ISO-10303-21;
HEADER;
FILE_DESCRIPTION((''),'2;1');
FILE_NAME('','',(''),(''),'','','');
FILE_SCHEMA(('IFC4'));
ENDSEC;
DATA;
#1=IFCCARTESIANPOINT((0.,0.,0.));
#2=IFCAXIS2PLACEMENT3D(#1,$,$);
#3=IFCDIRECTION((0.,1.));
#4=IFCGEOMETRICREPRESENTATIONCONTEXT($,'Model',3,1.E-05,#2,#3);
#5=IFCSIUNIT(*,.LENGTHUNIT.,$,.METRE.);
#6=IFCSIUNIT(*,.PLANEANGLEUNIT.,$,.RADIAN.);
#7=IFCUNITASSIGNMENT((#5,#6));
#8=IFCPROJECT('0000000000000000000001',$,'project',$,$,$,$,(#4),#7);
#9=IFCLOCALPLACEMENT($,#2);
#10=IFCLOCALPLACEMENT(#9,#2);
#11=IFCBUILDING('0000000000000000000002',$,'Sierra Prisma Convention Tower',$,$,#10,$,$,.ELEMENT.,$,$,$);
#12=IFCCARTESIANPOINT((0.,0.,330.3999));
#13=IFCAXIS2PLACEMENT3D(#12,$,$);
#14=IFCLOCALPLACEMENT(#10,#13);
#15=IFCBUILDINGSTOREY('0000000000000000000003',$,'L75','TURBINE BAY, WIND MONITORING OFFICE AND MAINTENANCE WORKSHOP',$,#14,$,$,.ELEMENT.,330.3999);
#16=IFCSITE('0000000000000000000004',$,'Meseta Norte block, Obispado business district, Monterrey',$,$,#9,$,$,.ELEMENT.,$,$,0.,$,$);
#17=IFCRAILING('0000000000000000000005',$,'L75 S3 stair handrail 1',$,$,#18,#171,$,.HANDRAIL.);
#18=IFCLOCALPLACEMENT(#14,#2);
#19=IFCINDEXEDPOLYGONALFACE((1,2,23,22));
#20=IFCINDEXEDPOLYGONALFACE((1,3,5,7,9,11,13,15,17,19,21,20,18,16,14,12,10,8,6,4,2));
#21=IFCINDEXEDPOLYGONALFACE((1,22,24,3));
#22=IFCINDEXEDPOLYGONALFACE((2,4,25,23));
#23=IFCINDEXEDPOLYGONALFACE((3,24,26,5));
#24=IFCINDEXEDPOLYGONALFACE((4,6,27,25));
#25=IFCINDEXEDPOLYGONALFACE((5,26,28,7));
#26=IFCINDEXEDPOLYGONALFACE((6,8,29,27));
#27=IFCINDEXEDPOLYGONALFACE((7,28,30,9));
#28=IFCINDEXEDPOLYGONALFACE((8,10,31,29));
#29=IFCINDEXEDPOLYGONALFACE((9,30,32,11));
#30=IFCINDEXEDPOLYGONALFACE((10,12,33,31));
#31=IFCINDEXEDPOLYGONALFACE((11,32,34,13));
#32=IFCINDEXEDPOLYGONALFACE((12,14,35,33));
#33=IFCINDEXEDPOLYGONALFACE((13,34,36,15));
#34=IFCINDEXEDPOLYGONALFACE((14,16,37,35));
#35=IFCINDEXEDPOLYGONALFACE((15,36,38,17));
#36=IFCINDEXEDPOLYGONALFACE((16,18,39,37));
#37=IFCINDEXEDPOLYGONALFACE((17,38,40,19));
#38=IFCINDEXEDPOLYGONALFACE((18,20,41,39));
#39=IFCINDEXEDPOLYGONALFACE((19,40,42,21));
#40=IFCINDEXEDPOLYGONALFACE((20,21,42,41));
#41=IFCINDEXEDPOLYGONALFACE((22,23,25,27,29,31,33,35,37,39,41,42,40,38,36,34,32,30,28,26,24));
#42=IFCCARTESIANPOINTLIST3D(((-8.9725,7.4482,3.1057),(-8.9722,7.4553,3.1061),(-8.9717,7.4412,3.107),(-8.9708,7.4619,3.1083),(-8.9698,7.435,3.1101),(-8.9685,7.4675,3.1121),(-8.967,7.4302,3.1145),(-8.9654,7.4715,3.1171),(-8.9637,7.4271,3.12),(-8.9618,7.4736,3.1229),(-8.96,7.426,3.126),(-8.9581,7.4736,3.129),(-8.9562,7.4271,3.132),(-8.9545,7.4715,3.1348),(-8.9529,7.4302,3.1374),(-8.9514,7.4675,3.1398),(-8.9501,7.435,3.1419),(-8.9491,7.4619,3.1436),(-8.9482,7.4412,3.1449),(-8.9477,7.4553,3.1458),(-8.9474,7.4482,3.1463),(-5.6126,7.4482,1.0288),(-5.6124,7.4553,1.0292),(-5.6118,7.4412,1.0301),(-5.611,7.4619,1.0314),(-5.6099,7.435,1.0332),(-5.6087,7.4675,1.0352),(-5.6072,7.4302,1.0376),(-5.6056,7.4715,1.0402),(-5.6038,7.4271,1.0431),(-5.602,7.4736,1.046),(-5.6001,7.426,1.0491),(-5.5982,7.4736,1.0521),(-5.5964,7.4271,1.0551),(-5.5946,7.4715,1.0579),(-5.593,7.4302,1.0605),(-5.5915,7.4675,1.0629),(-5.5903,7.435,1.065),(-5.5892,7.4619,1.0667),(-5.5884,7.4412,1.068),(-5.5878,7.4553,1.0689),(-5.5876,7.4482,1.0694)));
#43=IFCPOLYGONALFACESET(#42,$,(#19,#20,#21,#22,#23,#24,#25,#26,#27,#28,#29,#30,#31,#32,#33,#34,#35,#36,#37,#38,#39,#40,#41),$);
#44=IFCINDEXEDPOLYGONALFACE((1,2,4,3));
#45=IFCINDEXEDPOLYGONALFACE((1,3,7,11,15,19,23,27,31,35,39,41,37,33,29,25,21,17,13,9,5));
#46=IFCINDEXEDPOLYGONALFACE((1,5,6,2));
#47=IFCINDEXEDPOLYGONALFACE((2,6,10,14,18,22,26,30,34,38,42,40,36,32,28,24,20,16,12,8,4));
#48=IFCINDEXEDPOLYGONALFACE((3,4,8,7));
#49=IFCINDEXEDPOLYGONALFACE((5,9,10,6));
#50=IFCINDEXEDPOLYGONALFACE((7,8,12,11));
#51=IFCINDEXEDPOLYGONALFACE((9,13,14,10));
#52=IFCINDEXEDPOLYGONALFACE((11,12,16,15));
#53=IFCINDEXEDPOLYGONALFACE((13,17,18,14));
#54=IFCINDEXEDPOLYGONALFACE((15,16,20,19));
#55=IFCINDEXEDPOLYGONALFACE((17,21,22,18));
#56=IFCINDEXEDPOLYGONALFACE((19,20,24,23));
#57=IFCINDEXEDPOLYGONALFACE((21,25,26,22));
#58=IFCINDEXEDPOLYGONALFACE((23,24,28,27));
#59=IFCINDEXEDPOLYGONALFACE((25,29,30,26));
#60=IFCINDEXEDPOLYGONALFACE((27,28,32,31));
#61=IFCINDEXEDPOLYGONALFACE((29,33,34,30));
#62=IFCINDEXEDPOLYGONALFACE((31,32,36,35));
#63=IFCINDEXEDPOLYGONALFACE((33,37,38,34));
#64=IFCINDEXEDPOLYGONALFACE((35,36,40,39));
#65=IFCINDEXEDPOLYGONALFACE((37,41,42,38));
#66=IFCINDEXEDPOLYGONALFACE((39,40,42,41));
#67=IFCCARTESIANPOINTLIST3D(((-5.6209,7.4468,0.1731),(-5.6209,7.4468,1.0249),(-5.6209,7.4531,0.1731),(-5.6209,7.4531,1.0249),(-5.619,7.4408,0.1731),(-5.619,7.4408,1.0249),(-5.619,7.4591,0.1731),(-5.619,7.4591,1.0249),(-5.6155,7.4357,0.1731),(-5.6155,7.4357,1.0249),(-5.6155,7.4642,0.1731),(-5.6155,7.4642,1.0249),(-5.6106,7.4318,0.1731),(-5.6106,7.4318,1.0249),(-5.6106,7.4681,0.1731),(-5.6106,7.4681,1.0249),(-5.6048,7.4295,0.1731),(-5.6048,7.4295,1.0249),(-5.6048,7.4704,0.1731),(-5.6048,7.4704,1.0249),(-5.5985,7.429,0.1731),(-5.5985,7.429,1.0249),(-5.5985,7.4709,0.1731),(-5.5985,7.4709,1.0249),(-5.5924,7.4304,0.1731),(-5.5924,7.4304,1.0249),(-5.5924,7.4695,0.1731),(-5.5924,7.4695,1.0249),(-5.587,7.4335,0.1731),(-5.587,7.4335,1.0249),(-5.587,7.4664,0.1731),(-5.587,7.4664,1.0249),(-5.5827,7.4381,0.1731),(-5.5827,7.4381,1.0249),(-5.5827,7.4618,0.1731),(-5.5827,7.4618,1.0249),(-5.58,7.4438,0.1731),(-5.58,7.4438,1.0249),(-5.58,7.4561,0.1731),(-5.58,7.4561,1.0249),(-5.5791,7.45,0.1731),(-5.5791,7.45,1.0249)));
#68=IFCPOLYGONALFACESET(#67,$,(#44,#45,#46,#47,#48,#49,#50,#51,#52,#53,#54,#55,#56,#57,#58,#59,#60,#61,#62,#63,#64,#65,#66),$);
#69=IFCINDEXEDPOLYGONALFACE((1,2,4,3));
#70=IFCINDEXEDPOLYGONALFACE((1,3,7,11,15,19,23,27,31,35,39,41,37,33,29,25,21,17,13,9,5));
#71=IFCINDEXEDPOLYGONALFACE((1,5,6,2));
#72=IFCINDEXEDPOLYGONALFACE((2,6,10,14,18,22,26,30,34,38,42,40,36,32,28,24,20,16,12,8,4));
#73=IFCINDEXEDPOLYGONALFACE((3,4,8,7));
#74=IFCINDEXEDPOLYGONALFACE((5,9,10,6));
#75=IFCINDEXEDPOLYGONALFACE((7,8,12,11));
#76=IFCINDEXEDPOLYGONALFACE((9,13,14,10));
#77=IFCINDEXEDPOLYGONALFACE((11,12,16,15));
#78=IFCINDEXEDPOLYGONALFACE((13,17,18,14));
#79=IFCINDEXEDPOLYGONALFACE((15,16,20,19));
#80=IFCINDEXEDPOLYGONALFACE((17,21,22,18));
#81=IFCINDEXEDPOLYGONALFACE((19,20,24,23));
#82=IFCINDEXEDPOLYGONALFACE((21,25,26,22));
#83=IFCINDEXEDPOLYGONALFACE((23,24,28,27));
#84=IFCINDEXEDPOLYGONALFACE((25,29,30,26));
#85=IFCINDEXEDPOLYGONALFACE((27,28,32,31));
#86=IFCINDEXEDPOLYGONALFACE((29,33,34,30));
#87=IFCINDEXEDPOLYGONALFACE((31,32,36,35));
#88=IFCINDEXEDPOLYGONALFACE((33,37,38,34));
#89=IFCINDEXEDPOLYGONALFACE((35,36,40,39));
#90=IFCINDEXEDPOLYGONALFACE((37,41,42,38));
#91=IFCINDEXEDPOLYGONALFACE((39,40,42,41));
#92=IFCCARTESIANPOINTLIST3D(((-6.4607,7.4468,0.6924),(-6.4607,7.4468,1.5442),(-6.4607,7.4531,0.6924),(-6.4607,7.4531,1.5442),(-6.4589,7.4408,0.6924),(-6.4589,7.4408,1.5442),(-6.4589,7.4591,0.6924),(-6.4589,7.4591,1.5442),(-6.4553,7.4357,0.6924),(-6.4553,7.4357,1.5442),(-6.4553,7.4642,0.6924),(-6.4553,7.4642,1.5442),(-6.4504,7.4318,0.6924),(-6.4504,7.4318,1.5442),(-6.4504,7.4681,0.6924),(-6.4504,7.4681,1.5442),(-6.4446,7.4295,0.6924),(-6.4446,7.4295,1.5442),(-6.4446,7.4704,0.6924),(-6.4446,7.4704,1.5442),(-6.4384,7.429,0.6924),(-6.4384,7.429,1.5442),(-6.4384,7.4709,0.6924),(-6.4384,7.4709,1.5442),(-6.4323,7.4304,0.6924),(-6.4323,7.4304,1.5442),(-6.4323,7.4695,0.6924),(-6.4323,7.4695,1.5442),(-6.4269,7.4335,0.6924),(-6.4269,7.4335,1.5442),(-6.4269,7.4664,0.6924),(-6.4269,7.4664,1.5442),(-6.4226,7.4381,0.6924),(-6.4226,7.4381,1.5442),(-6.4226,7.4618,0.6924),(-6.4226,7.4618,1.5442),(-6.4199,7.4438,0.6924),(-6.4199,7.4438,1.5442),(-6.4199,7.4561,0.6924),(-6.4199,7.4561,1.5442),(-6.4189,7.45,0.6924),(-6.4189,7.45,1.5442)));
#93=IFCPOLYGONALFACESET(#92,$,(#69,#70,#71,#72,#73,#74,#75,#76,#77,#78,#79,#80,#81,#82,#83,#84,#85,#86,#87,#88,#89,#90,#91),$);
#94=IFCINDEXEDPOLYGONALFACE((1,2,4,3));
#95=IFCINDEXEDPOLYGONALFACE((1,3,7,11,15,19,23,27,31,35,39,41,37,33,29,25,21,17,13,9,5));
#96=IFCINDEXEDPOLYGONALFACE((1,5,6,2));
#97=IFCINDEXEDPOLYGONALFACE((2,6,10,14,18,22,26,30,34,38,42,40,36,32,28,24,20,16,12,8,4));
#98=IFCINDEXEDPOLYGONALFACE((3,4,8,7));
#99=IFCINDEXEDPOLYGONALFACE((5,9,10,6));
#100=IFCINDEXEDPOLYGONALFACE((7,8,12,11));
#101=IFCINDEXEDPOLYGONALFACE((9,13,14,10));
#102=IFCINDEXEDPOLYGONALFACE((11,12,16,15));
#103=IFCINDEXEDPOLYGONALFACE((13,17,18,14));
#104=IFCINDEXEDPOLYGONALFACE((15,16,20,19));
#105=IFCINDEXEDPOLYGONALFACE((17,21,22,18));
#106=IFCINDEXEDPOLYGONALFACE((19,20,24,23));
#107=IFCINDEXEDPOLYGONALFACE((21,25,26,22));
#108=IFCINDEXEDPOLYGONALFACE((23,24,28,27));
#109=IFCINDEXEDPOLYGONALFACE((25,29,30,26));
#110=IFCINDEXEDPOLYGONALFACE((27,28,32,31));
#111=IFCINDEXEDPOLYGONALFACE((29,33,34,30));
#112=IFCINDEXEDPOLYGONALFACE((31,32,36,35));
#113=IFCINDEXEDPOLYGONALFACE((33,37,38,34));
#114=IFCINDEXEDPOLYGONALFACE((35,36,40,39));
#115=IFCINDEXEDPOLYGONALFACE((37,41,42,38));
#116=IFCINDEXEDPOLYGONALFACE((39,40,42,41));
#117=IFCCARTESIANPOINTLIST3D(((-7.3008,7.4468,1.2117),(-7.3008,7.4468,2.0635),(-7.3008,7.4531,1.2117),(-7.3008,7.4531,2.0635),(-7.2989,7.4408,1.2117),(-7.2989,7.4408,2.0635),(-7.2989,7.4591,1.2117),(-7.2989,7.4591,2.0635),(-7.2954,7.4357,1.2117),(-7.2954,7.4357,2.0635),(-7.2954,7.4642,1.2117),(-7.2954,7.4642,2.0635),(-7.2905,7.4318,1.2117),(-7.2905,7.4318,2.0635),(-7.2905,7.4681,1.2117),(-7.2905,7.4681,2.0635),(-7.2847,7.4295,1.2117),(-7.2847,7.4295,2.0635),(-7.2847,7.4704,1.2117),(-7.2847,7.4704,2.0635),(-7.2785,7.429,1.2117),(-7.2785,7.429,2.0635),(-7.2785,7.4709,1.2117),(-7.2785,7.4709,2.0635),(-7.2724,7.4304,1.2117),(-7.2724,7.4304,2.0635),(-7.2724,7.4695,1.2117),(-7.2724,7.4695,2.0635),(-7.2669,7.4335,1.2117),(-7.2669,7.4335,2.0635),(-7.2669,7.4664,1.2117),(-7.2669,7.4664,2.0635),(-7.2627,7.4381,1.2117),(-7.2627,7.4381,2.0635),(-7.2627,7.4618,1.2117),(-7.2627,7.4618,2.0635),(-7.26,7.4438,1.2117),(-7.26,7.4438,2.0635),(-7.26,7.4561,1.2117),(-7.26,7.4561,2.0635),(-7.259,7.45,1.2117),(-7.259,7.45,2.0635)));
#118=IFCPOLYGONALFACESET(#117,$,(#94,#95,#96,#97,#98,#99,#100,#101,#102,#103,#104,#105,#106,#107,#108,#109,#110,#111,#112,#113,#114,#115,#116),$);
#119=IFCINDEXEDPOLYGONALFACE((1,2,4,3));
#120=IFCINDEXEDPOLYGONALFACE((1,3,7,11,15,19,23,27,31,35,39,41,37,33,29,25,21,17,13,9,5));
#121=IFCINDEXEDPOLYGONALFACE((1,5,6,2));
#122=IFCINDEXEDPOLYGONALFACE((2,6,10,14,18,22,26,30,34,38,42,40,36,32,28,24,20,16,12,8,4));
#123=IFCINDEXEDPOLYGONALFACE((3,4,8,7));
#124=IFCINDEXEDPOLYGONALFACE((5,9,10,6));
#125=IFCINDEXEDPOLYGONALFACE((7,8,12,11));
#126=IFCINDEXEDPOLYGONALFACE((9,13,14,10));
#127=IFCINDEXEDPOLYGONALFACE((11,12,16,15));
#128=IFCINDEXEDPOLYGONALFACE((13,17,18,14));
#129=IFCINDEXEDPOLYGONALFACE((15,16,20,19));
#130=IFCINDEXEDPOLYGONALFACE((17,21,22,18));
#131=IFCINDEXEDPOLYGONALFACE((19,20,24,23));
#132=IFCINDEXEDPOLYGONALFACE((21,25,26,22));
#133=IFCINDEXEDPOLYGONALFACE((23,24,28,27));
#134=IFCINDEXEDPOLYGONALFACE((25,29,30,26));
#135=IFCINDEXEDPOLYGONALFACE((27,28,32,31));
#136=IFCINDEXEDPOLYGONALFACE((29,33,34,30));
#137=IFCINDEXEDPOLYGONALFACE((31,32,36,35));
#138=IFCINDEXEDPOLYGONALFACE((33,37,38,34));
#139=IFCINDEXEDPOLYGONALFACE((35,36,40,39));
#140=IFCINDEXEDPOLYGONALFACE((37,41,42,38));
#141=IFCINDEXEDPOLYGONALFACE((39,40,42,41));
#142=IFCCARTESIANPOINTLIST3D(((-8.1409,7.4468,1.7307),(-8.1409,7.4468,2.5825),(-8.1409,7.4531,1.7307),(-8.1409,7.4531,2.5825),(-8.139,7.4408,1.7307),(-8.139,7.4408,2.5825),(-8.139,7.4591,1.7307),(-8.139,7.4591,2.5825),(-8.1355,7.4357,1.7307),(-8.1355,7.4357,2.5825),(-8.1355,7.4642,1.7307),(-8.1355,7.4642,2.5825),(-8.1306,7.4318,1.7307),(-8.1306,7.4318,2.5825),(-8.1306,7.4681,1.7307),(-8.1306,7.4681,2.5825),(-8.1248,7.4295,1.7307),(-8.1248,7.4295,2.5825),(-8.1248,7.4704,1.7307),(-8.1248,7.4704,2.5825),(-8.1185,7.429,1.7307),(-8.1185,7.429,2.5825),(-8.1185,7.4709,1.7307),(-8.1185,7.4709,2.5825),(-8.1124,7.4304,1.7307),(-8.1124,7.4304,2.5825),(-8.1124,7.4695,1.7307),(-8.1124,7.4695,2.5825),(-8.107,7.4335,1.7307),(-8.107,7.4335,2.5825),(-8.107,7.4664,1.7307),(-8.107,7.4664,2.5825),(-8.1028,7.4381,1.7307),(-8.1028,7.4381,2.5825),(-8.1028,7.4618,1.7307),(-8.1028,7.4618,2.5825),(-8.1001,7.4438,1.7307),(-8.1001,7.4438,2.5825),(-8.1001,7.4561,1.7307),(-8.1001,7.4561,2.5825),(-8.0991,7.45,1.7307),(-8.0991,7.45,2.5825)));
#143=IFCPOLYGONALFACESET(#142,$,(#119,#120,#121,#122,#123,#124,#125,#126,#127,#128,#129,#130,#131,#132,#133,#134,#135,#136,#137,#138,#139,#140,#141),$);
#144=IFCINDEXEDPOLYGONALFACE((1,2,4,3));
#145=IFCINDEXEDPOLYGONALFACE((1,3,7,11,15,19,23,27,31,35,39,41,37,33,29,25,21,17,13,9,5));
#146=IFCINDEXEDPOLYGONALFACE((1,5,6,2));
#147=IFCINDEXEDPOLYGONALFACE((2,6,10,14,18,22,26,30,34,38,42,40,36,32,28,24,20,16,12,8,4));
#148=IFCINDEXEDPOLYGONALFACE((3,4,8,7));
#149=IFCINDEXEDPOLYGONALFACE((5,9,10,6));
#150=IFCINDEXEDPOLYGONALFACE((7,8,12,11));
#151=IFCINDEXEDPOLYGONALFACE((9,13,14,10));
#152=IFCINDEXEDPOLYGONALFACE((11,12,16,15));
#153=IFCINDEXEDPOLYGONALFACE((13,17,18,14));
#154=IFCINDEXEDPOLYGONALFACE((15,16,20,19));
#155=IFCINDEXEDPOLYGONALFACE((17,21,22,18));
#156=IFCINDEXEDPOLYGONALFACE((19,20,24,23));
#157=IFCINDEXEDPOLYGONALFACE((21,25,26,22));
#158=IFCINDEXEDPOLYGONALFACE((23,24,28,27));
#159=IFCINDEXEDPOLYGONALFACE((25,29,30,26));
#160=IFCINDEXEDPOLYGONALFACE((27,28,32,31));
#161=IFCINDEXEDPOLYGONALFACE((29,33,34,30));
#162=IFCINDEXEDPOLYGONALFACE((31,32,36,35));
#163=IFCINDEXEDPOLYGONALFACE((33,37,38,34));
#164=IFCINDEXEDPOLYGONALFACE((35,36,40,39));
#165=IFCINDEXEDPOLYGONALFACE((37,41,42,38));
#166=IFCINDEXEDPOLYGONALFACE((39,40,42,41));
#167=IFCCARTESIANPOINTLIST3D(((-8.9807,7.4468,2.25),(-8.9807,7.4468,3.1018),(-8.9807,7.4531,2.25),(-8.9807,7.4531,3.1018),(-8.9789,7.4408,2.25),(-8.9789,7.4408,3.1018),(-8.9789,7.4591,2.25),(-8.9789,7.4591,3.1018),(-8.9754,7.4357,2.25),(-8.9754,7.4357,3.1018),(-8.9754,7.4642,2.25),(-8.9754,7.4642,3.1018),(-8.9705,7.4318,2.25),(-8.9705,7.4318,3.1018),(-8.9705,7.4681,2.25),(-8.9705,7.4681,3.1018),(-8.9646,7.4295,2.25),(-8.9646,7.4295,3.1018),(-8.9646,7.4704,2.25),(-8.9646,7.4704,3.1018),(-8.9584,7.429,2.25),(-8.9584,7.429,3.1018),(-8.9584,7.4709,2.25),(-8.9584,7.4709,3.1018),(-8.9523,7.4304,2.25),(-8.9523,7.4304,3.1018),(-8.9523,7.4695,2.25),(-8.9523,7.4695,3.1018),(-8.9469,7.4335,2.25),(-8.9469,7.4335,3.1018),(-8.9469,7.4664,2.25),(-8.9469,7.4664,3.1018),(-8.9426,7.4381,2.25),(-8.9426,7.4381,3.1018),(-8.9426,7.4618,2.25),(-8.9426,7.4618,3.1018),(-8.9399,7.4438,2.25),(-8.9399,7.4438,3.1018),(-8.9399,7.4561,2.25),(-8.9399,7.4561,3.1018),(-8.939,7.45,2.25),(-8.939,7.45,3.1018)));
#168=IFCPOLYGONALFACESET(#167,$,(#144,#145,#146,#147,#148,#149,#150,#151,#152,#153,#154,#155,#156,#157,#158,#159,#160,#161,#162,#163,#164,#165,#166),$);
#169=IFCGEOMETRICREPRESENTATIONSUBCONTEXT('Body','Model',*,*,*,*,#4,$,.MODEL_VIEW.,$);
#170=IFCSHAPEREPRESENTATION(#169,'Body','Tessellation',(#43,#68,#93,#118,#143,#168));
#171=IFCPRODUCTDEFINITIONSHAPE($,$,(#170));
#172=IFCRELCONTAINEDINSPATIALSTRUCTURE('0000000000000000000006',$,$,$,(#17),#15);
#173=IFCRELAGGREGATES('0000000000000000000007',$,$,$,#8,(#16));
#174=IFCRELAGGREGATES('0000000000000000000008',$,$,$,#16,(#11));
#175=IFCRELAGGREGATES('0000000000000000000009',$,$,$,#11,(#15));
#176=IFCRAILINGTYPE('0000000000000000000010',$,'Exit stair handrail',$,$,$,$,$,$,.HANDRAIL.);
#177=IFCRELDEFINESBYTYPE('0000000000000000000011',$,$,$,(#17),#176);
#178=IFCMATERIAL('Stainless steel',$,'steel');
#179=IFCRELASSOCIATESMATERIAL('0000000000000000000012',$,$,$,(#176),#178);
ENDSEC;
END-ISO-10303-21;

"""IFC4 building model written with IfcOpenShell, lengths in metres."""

from ifc_helpers import new_model, si_unit, direction, frame, origin, origin_2d, place, context, subcontext, project, spatial, circle, extrude, material, type_object, element, save


model = new_model("IFC4")

# Units and contexts
model_context = context("Model", 3, precision=1e-05, world=origin(), true_north=direction((0.0, 1.0)))
body_context = subcontext(model_context, "Body", "Model", "MODEL_VIEW")
ifc_project = project(units=[si_unit("LENGTHUNIT", "METRE"), si_unit("PLANEANGLEUNIT", "RADIAN")], contexts=[model_context])

# Site, building, storey
site_placement = place(None, origin())
site = spatial("IfcSite", under=ifc_project, at=site_placement, Name="Meseta Norte block, Obispado business district, Monterrey", CompositionType="ELEMENT", RefElevation=0.0)
building_placement = place(site_placement, origin())
building = spatial("IfcBuilding", under=site, at=building_placement, Name="Sierra Prisma Convention Tower", CompositionType="ELEMENT")
storey_placement = place(building_placement, frame((0.0, 0.0, 330.3999)))
storey = spatial("IfcBuildingStorey", under=building, at=storey_placement, Name="L75", Description="TURBINE BAY, WIND MONITORING OFFICE AND MAINTENANCE WORKSHOP", CompositionType="ELEMENT", Elevation=330.3999)

# Railing
ifc_material_1 = material(Name="Stainless steel", Category="steel")
railing_type_1 = type_object("IfcRailingType", Name="Exit stair handrail", PredefinedType="HANDRAIL", material=ifc_material_1)
for number, where, name in (
    (1, (-5.6001, 7.45, 0.1731), "L75 S3 stair handrail 1"),
):
    element("IfcRailing", number, at=place(storey_placement, frame(where)), inside=storey, type_object=railing_type_1, Name=name, PredefinedType="HANDRAIL", context=body_context, shape_type="SweptSolid", body=[
        extrude(circle(Radius=0.0239, at=origin_2d()), frame((0.0, 0.0, 0.876), z_axis=(-0.850606, 0.0, 0.525803), x_axis=(0.0, -1.0, 0.0)), (0.0, 0.0, 1.0), 3.95),
        extrude(circle(Radius=0.021, at=origin_2d()), origin(), (0.0, 0.0, 1.0), 0.8518),
        extrude(circle(Radius=0.021, at=origin_2d()), frame((-0.8398, 0.0, 0.5193)), (0.0, 0.0, 1.0), 0.8518),
        extrude(circle(Radius=0.021, at=origin_2d()), frame((-1.6799, 0.0, 1.0386)), (0.0, 0.0, 1.0), 0.8518),
        extrude(circle(Radius=0.021, at=origin_2d()), frame((-2.52, 0.0, 1.5576)), (0.0, 0.0, 1.0), 0.8518),
        extrude(circle(Radius=0.021, at=origin_2d()), frame((-3.3599, 0.0, 2.0769)), (0.0, 0.0, 1.0), 0.8518),
    ])

save(model, "model.ifc")
